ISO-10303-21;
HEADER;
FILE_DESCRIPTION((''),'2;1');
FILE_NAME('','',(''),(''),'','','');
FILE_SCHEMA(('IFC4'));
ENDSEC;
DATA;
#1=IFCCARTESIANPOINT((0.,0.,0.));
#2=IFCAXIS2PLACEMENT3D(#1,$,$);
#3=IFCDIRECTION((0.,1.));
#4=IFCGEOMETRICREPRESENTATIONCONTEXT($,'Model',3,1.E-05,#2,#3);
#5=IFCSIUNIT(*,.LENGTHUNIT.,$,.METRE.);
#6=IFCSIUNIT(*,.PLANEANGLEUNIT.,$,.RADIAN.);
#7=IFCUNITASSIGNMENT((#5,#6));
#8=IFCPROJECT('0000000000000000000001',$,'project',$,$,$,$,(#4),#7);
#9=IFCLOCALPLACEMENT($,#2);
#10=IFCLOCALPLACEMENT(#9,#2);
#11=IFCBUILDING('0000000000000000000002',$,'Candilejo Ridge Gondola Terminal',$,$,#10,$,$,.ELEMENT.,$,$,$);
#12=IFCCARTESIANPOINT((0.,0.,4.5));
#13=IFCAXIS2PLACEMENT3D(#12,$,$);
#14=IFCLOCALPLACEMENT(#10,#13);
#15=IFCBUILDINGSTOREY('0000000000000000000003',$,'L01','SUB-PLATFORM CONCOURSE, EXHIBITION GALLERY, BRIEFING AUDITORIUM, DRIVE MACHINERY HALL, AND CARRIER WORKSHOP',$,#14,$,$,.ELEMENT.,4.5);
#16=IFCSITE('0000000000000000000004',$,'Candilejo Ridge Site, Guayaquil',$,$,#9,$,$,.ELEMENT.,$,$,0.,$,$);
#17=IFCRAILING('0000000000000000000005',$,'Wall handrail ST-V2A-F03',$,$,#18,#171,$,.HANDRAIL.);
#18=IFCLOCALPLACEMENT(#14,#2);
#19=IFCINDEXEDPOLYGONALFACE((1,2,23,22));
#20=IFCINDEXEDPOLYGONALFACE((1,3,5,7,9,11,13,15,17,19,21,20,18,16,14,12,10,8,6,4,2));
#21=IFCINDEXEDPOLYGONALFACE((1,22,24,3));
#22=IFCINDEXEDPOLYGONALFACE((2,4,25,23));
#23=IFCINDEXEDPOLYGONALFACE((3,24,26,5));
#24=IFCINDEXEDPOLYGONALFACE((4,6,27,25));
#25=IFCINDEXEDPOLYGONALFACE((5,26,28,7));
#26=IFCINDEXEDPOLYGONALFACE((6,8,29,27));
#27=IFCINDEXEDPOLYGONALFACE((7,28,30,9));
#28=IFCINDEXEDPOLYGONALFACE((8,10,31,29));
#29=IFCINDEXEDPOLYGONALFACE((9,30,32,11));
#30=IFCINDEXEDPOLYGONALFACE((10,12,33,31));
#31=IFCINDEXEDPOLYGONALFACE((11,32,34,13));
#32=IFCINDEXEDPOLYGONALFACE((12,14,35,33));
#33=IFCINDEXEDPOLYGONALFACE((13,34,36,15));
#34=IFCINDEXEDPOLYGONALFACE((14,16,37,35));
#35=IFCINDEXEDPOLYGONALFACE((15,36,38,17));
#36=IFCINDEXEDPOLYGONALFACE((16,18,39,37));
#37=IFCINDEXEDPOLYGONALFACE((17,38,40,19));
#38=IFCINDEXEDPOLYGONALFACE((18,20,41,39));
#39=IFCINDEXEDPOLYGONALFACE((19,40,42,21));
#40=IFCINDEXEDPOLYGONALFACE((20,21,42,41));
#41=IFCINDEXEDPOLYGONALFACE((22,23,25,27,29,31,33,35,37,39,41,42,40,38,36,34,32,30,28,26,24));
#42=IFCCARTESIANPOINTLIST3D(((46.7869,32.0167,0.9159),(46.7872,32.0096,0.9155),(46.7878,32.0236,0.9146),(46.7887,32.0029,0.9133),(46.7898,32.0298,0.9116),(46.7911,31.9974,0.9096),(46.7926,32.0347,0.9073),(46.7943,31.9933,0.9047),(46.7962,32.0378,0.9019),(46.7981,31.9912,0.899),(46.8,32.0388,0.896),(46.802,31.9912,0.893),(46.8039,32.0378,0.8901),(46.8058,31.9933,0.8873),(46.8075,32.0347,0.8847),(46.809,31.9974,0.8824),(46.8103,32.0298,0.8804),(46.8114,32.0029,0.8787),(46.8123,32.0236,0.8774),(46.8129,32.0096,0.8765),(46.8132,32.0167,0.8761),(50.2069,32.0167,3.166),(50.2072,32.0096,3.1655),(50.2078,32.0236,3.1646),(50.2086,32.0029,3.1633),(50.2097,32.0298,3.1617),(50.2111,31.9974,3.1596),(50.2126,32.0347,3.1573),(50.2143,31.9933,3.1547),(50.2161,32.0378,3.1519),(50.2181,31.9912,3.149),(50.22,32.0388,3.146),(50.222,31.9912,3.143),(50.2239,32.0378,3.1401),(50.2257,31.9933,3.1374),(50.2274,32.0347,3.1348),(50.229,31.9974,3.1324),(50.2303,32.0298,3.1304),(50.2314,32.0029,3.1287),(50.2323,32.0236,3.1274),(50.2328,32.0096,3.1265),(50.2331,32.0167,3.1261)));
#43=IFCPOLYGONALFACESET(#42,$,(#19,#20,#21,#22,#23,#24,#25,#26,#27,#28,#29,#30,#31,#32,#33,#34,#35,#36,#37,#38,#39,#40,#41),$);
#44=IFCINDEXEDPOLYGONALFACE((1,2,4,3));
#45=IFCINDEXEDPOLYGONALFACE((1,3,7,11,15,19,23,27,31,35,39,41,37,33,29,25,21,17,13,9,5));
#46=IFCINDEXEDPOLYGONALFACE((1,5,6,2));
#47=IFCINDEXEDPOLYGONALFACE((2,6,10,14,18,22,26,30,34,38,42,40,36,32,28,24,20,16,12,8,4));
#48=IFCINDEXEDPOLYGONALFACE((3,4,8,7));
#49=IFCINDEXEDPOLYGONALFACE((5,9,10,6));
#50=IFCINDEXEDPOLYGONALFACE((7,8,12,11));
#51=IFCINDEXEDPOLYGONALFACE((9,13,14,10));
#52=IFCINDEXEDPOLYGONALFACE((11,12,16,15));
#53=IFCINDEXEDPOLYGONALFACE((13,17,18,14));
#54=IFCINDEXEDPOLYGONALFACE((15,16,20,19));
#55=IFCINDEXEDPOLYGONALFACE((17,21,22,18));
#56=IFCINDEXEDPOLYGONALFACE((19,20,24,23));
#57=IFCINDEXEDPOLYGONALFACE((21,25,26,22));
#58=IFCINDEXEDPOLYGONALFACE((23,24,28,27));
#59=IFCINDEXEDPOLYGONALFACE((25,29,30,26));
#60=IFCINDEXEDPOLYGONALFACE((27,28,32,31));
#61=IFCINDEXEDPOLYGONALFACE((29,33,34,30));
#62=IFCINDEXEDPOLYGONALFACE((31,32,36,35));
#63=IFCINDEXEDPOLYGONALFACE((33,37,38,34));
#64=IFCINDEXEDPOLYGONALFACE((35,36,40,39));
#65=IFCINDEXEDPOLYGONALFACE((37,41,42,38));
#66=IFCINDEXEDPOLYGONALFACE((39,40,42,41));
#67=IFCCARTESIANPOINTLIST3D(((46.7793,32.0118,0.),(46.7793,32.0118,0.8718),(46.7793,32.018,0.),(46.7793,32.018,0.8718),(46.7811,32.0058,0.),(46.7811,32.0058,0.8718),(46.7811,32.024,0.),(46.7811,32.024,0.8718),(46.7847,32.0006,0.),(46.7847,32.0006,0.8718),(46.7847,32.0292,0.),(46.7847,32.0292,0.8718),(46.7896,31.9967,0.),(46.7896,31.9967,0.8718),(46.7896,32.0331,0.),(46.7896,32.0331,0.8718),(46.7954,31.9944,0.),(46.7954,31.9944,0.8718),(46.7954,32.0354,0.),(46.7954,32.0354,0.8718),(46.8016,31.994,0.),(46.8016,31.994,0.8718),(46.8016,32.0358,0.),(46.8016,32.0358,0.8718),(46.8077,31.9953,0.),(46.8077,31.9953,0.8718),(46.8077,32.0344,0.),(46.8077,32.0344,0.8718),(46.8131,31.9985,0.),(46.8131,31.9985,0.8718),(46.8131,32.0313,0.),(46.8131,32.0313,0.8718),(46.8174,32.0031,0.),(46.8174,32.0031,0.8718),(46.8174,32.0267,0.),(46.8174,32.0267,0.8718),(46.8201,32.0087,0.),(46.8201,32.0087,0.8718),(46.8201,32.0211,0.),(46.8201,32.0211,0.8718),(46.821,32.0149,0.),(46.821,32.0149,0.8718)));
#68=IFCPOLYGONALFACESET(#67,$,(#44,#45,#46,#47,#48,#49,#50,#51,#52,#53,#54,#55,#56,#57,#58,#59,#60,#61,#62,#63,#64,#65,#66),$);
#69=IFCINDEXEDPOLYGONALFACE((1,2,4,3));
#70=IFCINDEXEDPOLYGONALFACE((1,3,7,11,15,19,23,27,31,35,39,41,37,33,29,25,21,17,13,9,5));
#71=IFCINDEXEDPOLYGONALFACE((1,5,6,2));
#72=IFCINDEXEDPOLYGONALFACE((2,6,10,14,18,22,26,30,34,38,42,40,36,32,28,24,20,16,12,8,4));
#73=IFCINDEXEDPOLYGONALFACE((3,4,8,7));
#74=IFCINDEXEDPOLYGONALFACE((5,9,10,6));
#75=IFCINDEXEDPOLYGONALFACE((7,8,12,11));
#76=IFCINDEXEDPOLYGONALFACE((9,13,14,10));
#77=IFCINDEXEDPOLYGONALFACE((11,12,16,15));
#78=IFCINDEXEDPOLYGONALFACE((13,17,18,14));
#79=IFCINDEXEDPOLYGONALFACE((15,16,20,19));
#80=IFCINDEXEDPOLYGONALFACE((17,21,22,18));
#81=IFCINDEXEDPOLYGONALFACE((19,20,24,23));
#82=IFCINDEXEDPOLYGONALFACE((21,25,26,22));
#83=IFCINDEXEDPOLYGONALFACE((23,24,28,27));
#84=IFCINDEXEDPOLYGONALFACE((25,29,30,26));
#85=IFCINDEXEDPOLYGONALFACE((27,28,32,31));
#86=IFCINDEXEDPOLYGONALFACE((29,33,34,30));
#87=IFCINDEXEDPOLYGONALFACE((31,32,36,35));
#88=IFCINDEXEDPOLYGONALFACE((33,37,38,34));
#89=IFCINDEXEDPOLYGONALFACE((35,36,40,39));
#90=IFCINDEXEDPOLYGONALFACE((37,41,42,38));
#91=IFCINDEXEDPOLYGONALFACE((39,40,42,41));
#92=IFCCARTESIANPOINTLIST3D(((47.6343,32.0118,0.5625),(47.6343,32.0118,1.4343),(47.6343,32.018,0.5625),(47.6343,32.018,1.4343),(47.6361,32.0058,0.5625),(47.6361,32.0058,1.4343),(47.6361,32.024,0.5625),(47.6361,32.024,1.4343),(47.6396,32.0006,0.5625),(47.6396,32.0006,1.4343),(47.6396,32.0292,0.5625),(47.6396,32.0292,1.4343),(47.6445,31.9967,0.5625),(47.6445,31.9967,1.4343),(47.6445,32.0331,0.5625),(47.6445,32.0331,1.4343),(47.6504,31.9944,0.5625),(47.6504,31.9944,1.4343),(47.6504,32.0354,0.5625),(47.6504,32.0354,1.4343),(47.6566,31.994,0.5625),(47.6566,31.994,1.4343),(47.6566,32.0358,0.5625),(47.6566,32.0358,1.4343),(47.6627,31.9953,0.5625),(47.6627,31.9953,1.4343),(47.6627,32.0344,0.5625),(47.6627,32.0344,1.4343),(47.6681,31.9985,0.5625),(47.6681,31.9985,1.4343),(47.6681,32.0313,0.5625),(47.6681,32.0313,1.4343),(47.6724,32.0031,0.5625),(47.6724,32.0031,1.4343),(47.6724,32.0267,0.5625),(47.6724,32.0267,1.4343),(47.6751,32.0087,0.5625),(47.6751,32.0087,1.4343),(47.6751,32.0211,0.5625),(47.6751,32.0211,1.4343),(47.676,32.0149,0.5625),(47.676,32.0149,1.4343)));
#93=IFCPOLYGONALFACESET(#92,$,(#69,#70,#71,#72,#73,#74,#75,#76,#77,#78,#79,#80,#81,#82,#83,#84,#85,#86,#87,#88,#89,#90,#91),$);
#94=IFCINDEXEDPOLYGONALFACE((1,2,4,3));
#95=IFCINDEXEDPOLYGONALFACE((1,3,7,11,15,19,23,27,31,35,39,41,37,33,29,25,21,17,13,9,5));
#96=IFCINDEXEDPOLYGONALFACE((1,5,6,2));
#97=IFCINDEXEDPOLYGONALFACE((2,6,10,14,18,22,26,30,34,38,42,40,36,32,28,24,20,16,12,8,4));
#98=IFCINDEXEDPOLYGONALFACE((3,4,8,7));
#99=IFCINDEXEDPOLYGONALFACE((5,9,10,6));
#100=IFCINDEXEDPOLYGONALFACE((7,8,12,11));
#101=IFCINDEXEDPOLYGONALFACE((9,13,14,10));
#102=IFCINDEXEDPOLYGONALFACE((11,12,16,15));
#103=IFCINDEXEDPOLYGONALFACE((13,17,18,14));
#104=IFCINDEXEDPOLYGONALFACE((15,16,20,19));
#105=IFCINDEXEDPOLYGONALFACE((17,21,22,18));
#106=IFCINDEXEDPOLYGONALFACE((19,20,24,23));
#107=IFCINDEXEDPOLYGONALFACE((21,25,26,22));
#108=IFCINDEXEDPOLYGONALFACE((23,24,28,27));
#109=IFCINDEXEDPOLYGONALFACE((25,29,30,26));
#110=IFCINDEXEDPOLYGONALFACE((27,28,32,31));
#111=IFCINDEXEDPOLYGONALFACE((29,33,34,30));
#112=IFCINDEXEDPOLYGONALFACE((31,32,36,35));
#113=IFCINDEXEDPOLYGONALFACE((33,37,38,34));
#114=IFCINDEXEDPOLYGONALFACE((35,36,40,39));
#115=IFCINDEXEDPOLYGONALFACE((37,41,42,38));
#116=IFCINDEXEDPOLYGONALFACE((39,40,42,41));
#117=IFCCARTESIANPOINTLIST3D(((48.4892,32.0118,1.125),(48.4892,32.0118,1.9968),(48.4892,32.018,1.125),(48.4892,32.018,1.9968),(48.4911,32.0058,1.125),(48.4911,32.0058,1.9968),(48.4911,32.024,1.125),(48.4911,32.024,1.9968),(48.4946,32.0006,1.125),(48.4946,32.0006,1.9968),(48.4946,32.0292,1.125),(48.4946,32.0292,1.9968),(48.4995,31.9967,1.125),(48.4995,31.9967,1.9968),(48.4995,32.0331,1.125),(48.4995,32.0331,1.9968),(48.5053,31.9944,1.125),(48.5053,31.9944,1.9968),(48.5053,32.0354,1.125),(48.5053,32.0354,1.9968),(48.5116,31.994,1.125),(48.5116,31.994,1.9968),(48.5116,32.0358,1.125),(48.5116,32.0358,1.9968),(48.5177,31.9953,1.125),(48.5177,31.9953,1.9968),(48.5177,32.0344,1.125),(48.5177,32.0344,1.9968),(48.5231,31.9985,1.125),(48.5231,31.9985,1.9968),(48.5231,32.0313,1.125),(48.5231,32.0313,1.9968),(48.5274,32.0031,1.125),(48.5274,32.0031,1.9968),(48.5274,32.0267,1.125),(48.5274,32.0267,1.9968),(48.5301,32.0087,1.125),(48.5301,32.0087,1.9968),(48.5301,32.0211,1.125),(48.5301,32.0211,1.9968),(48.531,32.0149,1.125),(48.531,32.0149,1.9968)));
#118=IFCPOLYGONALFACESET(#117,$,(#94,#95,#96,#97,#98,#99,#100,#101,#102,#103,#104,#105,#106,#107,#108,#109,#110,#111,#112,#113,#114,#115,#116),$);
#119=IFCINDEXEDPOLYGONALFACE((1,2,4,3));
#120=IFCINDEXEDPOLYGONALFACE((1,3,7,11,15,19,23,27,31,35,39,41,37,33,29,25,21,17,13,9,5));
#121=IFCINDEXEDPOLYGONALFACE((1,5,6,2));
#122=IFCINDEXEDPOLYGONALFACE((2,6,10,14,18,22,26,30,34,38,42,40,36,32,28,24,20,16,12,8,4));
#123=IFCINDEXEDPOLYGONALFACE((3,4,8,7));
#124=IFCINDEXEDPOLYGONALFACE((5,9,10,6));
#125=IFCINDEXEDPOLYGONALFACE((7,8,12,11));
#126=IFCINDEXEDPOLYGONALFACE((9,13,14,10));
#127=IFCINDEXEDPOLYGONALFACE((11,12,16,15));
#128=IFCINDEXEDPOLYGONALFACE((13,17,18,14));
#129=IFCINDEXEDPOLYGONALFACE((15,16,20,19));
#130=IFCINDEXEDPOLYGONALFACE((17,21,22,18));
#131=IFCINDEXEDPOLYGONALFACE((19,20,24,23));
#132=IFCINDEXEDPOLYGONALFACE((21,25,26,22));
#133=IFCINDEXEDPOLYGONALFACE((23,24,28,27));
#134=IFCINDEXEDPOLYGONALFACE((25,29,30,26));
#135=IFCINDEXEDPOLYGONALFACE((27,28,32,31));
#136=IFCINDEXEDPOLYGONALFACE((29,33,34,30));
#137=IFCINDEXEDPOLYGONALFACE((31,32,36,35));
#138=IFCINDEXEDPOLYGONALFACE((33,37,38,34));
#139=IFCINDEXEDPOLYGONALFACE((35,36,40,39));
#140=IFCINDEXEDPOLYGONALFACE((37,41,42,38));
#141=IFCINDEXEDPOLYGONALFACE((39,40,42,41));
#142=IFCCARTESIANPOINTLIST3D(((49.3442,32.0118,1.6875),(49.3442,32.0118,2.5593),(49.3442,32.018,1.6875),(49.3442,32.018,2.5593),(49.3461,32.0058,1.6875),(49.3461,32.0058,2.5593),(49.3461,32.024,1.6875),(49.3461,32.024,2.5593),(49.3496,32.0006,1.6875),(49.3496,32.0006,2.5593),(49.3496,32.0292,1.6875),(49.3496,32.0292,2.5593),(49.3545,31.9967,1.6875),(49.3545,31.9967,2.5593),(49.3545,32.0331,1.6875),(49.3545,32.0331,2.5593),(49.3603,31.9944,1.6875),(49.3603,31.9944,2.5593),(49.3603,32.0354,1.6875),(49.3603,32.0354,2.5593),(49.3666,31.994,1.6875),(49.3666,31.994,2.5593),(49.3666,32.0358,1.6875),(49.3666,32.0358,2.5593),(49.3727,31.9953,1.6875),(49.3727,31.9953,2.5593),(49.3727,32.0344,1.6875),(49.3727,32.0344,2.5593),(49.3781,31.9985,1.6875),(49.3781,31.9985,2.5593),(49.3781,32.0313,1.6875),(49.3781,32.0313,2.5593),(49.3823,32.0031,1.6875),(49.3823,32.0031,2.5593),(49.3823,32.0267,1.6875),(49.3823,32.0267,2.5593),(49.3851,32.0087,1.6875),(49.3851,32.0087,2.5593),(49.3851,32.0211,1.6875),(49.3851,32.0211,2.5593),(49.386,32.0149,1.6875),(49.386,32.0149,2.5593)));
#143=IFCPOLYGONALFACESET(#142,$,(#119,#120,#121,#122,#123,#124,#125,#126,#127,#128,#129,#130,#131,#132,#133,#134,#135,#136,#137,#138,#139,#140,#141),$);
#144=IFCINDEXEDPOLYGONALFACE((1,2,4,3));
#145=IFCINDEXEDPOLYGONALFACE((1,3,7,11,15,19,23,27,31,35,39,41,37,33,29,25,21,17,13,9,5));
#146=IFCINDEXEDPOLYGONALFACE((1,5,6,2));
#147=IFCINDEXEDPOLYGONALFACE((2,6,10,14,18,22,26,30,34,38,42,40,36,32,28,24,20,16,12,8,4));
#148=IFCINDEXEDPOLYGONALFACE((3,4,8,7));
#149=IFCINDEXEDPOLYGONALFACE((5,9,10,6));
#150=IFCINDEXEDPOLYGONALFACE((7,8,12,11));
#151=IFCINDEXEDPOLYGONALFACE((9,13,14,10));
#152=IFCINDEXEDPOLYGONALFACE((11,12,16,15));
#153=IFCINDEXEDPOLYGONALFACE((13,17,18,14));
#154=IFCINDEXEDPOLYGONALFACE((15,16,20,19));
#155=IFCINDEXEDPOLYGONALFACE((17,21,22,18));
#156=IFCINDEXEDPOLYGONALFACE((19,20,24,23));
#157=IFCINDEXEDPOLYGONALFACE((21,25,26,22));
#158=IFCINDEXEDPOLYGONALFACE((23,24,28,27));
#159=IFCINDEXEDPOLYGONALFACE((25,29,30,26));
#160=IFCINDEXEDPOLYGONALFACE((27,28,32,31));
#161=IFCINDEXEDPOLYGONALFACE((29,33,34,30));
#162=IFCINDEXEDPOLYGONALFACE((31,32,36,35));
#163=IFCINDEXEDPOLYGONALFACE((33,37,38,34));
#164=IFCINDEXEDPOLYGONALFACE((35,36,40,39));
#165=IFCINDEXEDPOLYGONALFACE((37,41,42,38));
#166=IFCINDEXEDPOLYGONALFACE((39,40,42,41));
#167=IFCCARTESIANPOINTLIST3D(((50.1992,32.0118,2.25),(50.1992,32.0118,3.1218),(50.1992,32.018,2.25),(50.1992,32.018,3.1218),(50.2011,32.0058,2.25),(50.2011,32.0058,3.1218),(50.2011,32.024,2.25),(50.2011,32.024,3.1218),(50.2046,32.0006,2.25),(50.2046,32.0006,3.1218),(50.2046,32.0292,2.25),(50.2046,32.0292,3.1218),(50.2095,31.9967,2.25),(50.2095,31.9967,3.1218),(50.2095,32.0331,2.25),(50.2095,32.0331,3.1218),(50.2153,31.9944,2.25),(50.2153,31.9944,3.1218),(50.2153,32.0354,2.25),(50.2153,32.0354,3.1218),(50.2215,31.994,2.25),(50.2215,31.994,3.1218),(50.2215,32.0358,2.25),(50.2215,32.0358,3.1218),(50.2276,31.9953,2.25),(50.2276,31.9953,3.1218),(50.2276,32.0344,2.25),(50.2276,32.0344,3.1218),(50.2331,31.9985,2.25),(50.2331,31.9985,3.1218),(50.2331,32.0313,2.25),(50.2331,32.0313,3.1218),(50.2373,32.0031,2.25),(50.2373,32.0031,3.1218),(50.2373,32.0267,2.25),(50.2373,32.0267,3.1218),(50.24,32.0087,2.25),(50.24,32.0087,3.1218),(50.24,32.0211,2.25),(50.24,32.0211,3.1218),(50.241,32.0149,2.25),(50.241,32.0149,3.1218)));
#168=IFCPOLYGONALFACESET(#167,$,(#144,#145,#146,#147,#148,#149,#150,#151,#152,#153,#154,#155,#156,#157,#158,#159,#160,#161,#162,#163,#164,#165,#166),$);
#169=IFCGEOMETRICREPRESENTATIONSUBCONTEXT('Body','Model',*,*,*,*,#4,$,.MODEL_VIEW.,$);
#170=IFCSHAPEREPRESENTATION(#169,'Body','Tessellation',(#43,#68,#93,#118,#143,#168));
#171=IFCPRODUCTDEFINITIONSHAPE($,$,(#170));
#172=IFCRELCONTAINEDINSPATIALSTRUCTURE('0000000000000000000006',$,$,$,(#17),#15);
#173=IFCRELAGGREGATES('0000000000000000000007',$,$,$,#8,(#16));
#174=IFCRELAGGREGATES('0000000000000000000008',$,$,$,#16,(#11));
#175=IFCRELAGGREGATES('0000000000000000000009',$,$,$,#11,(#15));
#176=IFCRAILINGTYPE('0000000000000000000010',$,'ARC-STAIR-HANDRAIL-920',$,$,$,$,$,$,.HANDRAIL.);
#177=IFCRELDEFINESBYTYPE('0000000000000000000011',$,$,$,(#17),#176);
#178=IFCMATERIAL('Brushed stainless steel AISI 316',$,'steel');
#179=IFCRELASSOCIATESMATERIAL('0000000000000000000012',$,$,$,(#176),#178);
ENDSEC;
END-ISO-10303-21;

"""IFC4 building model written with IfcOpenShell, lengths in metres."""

from ifc_helpers import new_model, si_unit, direction, frame, origin, origin_2d, place, context, subcontext, project, spatial, circle, extrude, material, type_object, element, save


model = new_model("IFC4")

# Units and contexts
model_context = context("Model", 3, precision=1e-05, world=origin(), true_north=direction((0.0, 1.0)))
body_context = subcontext(model_context, "Body", "Model", "MODEL_VIEW")
ifc_project = project(units=[si_unit("LENGTHUNIT", "METRE"), si_unit("PLANEANGLEUNIT", "RADIAN")], contexts=[model_context])

# Site, building, storey
site_placement = place(None, origin())
site = spatial("IfcSite", under=ifc_project, at=site_placement, Name="Candilejo Ridge Site, Guayaquil", CompositionType="ELEMENT", RefElevation=0.0)
building_placement = place(site_placement, origin())
building = spatial("IfcBuilding", under=site, at=building_placement, Name="Candilejo Ridge Gondola Terminal", CompositionType="ELEMENT")
storey_placement = place(building_placement, frame((0.0, 0.0, 4.5)))
storey = spatial("IfcBuildingStorey", under=building, at=storey_placement, Name="L01", Description="SUB-PLATFORM CONCOURSE, EXHIBITION GALLERY, BRIEFING AUDITORIUM, DRIVE MACHINERY HALL, AND CARRIER WORKSHOP", CompositionType="ELEMENT", Elevation=4.5)

# Railing
ifc_material_1 = material(Name="Brushed stainless steel AISI 316", Category="steel")
railing_type = type_object("IfcRailingType", Name="ARC-STAIR-HANDRAIL-920", PredefinedType="HANDRAIL", material=ifc_material_1)
railing_placement = place(storey_placement, frame((46.8, 32.0149, 0.0)))
element("IfcRailing", 1, at=railing_placement, inside=storey, type_object=railing_type, Name="Wall handrail ST-V2A-F03", PredefinedType="HANDRAIL", context=body_context, shape_type="SweptSolid", body=[
    extrude(circle(Radius=0.0239, at=origin_2d()), frame((0.0, 0.0, 0.896), z_axis=(0.835411, 0.0, 0.549625), x_axis=(0.0, 1.0, 0.0)), (0.0, 0.0, 1.0), 4.0938),
    extrude(circle(Radius=0.021, at=origin_2d()), origin(), (0.0, 0.0, 1.0), 0.8718),
    extrude(circle(Radius=0.021, at=origin_2d()), frame((0.855, 0.0, 0.5625)), (0.0, 0.0, 1.0), 0.8718),
    extrude(circle(Radius=0.021, at=origin_2d()), frame((1.71, 0.0, 1.125)), (0.0, 0.0, 1.0), 0.8718),
    extrude(circle(Radius=0.021, at=origin_2d()), frame((2.5649, 0.0, 1.6875)), (0.0, 0.0, 1.0), 0.8718),
    extrude(circle(Radius=0.021, at=origin_2d()), frame((3.4199, 0.0, 2.25)), (0.0, 0.0, 1.0), 0.8718),
])

save(model, "model.ifc")
